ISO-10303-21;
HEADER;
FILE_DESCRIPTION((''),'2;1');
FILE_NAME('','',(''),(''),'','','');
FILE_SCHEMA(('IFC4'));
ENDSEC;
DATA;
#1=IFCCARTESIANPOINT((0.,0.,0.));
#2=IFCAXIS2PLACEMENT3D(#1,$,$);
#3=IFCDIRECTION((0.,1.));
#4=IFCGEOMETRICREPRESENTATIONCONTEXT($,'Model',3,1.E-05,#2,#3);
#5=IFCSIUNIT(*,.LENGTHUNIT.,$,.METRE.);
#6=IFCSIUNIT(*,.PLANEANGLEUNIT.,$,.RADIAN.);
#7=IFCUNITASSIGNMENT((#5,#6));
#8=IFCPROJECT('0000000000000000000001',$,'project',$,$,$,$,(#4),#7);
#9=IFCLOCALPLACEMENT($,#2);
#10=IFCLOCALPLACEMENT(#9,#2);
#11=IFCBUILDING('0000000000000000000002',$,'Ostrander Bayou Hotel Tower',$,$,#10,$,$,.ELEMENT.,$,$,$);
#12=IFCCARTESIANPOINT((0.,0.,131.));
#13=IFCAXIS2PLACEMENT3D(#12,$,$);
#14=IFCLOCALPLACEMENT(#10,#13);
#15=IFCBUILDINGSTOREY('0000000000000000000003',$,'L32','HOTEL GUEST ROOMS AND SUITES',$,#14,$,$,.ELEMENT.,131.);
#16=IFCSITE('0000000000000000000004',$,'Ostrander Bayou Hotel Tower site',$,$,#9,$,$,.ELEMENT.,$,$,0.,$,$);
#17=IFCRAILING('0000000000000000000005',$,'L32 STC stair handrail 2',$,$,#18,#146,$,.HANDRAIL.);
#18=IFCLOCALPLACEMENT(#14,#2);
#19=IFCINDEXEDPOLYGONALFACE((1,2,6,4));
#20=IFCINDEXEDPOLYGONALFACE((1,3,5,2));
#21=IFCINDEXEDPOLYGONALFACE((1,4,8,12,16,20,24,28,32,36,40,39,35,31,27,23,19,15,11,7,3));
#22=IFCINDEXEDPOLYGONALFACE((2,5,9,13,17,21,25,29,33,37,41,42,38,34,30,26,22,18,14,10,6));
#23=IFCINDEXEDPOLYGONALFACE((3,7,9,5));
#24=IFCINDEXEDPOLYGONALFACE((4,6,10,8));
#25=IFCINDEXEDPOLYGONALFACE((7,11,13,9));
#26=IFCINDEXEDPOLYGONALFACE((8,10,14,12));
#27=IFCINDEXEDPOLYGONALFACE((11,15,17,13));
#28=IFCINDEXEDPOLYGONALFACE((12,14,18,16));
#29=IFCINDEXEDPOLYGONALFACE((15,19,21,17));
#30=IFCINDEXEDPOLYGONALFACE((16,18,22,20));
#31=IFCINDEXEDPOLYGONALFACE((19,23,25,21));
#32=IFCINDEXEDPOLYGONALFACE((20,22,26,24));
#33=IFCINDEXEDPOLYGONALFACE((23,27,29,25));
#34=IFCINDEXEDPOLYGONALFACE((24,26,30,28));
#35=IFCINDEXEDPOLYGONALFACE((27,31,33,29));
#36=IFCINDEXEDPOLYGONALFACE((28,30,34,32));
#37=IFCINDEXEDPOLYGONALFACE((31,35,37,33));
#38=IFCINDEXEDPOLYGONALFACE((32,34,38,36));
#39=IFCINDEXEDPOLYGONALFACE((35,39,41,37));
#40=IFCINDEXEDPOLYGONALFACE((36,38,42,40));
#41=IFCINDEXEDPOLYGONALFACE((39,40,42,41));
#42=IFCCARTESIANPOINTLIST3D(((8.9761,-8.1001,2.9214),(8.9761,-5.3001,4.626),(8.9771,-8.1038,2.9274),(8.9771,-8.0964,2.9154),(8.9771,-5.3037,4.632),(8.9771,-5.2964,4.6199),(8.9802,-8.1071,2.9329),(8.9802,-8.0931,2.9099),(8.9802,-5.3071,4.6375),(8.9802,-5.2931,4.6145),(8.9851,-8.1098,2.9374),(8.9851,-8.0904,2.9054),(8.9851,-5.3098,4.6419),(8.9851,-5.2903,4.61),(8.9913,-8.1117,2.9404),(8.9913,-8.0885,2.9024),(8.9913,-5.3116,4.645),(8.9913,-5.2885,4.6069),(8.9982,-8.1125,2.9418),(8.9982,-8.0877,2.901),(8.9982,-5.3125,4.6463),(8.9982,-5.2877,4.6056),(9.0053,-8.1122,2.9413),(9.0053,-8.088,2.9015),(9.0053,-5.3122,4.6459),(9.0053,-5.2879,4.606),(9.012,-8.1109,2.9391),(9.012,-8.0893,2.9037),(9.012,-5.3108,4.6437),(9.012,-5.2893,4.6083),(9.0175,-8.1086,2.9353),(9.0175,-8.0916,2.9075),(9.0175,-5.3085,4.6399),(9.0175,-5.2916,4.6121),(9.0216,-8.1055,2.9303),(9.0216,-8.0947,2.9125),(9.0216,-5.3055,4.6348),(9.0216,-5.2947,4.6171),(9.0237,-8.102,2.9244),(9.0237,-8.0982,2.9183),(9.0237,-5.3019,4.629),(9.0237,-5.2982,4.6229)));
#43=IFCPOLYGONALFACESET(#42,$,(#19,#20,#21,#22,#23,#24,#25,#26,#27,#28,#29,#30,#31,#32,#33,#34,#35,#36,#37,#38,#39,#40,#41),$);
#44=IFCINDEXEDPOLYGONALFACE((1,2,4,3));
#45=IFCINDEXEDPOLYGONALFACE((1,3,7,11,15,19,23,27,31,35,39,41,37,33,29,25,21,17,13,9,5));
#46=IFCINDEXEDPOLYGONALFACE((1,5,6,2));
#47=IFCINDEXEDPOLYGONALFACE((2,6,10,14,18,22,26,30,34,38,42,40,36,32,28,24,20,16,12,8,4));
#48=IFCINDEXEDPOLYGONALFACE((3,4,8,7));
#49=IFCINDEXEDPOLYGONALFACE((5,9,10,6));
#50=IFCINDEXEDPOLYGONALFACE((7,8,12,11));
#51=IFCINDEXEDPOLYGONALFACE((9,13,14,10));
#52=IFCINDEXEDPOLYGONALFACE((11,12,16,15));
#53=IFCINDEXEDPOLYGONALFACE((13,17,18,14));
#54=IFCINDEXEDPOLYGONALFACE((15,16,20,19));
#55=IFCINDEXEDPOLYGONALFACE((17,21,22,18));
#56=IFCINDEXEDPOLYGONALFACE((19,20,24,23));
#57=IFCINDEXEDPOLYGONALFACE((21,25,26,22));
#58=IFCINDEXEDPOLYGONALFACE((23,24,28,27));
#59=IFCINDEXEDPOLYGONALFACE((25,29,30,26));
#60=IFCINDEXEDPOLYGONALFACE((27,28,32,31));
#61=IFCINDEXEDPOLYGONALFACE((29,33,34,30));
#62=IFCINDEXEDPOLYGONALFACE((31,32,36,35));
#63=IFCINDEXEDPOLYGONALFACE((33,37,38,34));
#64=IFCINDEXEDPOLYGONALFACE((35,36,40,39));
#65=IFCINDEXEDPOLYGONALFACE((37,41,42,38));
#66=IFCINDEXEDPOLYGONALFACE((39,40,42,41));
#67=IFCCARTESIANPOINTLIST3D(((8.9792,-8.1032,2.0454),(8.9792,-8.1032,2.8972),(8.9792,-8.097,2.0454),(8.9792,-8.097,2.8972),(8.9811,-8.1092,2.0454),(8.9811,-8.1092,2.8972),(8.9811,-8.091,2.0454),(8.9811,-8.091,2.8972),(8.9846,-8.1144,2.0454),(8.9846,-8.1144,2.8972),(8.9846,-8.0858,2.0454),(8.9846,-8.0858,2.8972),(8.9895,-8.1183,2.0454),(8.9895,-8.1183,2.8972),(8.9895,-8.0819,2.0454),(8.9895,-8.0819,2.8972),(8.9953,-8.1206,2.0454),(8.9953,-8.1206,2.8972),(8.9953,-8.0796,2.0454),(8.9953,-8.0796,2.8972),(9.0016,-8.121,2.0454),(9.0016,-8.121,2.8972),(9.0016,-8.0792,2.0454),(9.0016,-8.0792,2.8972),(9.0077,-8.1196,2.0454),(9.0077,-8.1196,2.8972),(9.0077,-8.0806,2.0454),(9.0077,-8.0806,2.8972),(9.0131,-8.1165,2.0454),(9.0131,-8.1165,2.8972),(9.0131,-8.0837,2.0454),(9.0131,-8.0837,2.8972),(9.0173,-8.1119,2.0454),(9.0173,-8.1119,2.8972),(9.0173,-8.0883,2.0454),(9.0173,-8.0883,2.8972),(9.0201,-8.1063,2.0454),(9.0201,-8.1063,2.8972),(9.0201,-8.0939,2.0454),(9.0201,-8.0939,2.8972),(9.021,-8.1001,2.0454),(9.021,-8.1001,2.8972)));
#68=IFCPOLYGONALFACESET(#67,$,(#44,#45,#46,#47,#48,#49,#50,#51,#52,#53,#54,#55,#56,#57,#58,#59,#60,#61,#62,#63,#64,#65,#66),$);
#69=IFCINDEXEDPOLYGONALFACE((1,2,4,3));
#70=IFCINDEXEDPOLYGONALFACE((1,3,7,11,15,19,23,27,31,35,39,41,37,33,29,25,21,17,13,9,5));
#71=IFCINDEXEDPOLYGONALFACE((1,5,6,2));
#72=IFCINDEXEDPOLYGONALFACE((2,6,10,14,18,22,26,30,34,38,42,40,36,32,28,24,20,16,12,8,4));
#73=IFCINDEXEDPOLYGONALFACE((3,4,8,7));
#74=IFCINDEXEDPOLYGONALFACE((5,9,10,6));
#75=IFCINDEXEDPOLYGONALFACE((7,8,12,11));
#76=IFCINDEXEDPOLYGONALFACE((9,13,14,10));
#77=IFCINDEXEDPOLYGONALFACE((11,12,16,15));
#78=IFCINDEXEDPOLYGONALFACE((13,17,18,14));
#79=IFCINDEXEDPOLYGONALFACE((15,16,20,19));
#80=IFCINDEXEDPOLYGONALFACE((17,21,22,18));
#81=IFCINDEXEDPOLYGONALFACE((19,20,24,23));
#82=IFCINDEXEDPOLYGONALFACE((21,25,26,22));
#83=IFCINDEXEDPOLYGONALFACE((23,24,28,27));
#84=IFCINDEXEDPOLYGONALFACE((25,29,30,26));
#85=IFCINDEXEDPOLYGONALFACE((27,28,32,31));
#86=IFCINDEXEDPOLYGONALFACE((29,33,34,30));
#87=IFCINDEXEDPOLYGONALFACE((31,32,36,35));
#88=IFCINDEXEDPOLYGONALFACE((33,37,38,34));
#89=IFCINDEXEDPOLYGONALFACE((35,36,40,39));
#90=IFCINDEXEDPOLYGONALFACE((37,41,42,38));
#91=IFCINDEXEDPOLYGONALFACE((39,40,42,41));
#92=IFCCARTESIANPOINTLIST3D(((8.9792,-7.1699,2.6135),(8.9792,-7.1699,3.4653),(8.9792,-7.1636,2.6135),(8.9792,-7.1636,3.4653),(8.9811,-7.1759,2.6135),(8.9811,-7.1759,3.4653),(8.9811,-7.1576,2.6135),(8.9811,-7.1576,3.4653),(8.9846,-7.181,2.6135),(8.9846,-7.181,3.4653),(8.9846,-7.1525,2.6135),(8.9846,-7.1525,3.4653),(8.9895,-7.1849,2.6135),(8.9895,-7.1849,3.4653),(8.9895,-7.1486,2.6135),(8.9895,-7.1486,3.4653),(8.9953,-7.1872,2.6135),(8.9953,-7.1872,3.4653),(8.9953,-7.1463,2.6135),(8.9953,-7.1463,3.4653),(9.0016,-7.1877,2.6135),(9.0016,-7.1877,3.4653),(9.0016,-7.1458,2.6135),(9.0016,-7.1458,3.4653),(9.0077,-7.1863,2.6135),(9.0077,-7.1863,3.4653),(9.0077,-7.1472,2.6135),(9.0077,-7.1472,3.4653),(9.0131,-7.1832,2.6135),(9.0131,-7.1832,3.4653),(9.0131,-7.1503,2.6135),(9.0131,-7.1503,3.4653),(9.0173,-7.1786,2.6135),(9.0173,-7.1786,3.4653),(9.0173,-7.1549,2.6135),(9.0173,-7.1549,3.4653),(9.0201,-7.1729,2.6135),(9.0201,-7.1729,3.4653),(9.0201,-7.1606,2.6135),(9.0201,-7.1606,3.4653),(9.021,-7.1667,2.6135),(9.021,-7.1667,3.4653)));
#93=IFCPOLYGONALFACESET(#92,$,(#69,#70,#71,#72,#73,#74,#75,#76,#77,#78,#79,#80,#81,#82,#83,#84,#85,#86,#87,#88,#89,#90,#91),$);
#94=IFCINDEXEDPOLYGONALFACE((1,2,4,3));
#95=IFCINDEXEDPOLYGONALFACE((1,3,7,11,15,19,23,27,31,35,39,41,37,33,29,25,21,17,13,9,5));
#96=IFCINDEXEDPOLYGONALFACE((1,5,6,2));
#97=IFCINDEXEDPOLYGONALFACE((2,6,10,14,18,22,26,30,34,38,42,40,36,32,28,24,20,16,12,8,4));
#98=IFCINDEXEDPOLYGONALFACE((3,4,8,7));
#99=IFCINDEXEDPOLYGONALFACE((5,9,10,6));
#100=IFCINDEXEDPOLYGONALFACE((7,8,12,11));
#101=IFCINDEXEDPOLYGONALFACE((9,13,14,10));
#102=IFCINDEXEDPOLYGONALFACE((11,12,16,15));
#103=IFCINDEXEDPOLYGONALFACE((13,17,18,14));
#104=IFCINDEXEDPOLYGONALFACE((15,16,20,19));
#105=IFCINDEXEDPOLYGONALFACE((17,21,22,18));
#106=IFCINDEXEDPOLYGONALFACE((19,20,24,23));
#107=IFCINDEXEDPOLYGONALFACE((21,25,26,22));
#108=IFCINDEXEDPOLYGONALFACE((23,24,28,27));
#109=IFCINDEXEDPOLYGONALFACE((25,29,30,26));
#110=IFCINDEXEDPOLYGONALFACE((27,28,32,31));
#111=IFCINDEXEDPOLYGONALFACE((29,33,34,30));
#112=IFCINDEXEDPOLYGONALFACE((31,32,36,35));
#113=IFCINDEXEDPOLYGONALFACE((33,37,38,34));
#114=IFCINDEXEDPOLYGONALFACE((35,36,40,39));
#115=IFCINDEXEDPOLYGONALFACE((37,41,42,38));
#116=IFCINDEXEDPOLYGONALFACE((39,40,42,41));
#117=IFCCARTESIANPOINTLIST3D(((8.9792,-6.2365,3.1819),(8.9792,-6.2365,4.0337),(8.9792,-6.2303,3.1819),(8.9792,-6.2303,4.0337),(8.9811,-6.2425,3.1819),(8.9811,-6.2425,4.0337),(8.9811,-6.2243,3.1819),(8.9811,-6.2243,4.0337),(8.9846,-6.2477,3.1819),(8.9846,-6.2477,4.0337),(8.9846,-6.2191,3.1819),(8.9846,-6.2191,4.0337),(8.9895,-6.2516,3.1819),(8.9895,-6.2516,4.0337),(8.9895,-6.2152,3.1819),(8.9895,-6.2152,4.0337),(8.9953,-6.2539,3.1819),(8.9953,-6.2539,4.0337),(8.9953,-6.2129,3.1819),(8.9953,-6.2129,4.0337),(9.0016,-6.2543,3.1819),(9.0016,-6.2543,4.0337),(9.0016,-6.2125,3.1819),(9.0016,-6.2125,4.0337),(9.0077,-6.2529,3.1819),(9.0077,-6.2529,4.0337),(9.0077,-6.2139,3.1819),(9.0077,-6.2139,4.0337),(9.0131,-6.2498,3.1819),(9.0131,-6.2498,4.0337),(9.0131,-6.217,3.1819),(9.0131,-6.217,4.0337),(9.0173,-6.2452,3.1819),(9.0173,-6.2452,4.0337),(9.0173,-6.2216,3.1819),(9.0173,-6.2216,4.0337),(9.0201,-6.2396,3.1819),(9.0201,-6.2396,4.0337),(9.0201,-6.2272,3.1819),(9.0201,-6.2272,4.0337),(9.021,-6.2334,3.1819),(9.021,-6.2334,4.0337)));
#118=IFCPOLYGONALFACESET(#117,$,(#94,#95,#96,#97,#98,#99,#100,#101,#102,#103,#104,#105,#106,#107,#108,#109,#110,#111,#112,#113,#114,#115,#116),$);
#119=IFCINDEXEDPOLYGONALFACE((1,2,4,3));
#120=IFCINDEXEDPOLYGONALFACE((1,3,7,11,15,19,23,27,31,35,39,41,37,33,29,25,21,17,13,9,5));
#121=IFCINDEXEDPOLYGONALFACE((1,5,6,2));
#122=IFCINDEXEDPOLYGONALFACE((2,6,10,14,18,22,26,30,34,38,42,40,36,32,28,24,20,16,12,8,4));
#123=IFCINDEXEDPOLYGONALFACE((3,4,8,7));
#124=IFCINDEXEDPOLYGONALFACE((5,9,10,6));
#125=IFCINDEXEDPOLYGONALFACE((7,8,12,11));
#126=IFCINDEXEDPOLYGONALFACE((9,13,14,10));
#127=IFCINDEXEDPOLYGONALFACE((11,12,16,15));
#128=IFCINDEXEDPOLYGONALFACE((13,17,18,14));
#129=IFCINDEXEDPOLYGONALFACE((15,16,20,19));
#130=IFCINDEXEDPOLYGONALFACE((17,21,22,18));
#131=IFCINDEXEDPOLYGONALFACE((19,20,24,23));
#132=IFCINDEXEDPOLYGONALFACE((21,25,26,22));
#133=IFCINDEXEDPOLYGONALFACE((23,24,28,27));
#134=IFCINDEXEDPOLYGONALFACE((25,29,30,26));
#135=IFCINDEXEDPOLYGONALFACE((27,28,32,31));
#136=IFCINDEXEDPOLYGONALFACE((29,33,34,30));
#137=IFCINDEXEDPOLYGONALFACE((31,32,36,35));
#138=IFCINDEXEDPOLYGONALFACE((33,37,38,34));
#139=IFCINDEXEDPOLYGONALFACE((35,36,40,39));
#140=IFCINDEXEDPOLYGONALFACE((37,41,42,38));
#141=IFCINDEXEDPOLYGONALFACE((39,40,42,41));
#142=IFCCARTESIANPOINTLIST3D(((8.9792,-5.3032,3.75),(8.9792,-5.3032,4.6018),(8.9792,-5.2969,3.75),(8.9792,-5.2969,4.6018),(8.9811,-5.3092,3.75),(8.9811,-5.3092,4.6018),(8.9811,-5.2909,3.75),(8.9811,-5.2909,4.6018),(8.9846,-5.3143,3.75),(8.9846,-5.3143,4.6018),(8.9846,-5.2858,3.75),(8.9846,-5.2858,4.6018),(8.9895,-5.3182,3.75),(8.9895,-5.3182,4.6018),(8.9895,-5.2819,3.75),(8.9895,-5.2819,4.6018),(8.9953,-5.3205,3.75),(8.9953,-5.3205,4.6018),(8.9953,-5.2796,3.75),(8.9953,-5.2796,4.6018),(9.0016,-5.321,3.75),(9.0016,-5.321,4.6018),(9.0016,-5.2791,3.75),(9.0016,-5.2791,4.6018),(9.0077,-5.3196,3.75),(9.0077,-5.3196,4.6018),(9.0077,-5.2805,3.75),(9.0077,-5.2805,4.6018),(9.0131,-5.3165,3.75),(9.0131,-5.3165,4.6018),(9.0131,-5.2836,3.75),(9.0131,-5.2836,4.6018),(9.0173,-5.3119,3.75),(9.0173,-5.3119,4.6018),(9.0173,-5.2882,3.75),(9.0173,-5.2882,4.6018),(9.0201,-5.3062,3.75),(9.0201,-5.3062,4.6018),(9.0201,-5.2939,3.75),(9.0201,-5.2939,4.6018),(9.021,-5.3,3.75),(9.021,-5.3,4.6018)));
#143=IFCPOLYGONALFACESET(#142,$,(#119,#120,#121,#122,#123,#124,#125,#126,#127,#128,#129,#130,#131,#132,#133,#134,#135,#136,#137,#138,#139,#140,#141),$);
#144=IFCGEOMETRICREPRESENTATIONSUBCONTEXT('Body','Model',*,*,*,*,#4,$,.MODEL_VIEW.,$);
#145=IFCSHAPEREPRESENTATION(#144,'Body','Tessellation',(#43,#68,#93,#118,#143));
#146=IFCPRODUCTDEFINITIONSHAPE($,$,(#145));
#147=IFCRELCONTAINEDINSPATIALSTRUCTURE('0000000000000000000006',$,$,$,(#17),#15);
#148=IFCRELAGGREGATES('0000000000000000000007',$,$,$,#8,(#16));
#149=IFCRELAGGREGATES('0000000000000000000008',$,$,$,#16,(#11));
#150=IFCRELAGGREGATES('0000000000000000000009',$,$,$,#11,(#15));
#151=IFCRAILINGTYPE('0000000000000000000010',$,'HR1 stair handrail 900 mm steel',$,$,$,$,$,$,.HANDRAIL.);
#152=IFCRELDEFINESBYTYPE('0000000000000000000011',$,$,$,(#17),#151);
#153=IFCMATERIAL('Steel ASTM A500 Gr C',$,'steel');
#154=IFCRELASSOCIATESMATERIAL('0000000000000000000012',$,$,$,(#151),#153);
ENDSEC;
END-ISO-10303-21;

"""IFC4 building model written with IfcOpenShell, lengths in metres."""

from ifc_helpers import new_model, si_unit, direction, frame, origin, origin_2d, place, context, subcontext, project, spatial, circle, extrude, material, type_object, element, save


model = new_model("IFC4")

# Units and contexts
model_context = context("Model", 3, precision=1e-05, world=origin(), true_north=direction((0.0, 1.0)))
body_context = subcontext(model_context, "Body", "Model", "MODEL_VIEW")
ifc_project = project(units=[si_unit("LENGTHUNIT", "METRE"), si_unit("PLANEANGLEUNIT", "RADIAN")], contexts=[model_context])

# Site, building, storey
site_placement = place(None, origin())
site = spatial("IfcSite", under=ifc_project, at=site_placement, Name="Ostrander Bayou Hotel Tower site", CompositionType="ELEMENT", RefElevation=0.0)
building_placement = place(site_placement, origin())
building = spatial("IfcBuilding", under=site, at=building_placement, Name="Ostrander Bayou Hotel Tower", CompositionType="ELEMENT")
storey_placement = place(building_placement, frame((0.0, 0.0, 131.0)))
storey = spatial("IfcBuildingStorey", under=building, at=storey_placement, Name="L32", Description="HOTEL GUEST ROOMS AND SUITES", CompositionType="ELEMENT", Elevation=131.0)

# Railing
ifc_material_1 = material(Name="Steel ASTM A500 Gr C", Category="steel")
railing_type_1 = type_object("IfcRailingType", Name="HR1 stair handrail 900 mm steel", PredefinedType="HANDRAIL", material=ifc_material_1)
railing_1_placement = place(storey_placement, frame((9.0, -8.1001, 2.0454)))
element("IfcRailing", 1, at=railing_1_placement, inside=storey, type_object=railing_type_1, Name="L32 STC stair handrail 2", PredefinedType="HANDRAIL", context=body_context, shape_type="SweptSolid", body=[
    extrude(circle(Radius=0.0239, at=origin_2d()), frame((0.0, 0.0, 0.876), z_axis=(0.0, 0.85417, 0.519994), x_axis=(-1.0, 0.0, 0.0)), (0.0, 0.0, 1.0), 3.2781),
    extrude(circle(Radius=0.021, at=origin_2d()), origin(), (0.0, 0.0, 1.0), 0.8518),
    extrude(circle(Radius=0.021, at=origin_2d()), frame((0.0, 0.9333, 0.5681)), (0.0, 0.0, 1.0), 0.8518),
    extrude(circle(Radius=0.021, at=origin_2d()), frame((0.0, 1.8667, 1.1365)), (0.0, 0.0, 1.0), 0.8518),
    extrude(circle(Radius=0.021, at=origin_2d()), frame((0.0, 2.8, 1.7046)), (0.0, 0.0, 1.0), 0.8518),
])

save(model, "model.ifc")
